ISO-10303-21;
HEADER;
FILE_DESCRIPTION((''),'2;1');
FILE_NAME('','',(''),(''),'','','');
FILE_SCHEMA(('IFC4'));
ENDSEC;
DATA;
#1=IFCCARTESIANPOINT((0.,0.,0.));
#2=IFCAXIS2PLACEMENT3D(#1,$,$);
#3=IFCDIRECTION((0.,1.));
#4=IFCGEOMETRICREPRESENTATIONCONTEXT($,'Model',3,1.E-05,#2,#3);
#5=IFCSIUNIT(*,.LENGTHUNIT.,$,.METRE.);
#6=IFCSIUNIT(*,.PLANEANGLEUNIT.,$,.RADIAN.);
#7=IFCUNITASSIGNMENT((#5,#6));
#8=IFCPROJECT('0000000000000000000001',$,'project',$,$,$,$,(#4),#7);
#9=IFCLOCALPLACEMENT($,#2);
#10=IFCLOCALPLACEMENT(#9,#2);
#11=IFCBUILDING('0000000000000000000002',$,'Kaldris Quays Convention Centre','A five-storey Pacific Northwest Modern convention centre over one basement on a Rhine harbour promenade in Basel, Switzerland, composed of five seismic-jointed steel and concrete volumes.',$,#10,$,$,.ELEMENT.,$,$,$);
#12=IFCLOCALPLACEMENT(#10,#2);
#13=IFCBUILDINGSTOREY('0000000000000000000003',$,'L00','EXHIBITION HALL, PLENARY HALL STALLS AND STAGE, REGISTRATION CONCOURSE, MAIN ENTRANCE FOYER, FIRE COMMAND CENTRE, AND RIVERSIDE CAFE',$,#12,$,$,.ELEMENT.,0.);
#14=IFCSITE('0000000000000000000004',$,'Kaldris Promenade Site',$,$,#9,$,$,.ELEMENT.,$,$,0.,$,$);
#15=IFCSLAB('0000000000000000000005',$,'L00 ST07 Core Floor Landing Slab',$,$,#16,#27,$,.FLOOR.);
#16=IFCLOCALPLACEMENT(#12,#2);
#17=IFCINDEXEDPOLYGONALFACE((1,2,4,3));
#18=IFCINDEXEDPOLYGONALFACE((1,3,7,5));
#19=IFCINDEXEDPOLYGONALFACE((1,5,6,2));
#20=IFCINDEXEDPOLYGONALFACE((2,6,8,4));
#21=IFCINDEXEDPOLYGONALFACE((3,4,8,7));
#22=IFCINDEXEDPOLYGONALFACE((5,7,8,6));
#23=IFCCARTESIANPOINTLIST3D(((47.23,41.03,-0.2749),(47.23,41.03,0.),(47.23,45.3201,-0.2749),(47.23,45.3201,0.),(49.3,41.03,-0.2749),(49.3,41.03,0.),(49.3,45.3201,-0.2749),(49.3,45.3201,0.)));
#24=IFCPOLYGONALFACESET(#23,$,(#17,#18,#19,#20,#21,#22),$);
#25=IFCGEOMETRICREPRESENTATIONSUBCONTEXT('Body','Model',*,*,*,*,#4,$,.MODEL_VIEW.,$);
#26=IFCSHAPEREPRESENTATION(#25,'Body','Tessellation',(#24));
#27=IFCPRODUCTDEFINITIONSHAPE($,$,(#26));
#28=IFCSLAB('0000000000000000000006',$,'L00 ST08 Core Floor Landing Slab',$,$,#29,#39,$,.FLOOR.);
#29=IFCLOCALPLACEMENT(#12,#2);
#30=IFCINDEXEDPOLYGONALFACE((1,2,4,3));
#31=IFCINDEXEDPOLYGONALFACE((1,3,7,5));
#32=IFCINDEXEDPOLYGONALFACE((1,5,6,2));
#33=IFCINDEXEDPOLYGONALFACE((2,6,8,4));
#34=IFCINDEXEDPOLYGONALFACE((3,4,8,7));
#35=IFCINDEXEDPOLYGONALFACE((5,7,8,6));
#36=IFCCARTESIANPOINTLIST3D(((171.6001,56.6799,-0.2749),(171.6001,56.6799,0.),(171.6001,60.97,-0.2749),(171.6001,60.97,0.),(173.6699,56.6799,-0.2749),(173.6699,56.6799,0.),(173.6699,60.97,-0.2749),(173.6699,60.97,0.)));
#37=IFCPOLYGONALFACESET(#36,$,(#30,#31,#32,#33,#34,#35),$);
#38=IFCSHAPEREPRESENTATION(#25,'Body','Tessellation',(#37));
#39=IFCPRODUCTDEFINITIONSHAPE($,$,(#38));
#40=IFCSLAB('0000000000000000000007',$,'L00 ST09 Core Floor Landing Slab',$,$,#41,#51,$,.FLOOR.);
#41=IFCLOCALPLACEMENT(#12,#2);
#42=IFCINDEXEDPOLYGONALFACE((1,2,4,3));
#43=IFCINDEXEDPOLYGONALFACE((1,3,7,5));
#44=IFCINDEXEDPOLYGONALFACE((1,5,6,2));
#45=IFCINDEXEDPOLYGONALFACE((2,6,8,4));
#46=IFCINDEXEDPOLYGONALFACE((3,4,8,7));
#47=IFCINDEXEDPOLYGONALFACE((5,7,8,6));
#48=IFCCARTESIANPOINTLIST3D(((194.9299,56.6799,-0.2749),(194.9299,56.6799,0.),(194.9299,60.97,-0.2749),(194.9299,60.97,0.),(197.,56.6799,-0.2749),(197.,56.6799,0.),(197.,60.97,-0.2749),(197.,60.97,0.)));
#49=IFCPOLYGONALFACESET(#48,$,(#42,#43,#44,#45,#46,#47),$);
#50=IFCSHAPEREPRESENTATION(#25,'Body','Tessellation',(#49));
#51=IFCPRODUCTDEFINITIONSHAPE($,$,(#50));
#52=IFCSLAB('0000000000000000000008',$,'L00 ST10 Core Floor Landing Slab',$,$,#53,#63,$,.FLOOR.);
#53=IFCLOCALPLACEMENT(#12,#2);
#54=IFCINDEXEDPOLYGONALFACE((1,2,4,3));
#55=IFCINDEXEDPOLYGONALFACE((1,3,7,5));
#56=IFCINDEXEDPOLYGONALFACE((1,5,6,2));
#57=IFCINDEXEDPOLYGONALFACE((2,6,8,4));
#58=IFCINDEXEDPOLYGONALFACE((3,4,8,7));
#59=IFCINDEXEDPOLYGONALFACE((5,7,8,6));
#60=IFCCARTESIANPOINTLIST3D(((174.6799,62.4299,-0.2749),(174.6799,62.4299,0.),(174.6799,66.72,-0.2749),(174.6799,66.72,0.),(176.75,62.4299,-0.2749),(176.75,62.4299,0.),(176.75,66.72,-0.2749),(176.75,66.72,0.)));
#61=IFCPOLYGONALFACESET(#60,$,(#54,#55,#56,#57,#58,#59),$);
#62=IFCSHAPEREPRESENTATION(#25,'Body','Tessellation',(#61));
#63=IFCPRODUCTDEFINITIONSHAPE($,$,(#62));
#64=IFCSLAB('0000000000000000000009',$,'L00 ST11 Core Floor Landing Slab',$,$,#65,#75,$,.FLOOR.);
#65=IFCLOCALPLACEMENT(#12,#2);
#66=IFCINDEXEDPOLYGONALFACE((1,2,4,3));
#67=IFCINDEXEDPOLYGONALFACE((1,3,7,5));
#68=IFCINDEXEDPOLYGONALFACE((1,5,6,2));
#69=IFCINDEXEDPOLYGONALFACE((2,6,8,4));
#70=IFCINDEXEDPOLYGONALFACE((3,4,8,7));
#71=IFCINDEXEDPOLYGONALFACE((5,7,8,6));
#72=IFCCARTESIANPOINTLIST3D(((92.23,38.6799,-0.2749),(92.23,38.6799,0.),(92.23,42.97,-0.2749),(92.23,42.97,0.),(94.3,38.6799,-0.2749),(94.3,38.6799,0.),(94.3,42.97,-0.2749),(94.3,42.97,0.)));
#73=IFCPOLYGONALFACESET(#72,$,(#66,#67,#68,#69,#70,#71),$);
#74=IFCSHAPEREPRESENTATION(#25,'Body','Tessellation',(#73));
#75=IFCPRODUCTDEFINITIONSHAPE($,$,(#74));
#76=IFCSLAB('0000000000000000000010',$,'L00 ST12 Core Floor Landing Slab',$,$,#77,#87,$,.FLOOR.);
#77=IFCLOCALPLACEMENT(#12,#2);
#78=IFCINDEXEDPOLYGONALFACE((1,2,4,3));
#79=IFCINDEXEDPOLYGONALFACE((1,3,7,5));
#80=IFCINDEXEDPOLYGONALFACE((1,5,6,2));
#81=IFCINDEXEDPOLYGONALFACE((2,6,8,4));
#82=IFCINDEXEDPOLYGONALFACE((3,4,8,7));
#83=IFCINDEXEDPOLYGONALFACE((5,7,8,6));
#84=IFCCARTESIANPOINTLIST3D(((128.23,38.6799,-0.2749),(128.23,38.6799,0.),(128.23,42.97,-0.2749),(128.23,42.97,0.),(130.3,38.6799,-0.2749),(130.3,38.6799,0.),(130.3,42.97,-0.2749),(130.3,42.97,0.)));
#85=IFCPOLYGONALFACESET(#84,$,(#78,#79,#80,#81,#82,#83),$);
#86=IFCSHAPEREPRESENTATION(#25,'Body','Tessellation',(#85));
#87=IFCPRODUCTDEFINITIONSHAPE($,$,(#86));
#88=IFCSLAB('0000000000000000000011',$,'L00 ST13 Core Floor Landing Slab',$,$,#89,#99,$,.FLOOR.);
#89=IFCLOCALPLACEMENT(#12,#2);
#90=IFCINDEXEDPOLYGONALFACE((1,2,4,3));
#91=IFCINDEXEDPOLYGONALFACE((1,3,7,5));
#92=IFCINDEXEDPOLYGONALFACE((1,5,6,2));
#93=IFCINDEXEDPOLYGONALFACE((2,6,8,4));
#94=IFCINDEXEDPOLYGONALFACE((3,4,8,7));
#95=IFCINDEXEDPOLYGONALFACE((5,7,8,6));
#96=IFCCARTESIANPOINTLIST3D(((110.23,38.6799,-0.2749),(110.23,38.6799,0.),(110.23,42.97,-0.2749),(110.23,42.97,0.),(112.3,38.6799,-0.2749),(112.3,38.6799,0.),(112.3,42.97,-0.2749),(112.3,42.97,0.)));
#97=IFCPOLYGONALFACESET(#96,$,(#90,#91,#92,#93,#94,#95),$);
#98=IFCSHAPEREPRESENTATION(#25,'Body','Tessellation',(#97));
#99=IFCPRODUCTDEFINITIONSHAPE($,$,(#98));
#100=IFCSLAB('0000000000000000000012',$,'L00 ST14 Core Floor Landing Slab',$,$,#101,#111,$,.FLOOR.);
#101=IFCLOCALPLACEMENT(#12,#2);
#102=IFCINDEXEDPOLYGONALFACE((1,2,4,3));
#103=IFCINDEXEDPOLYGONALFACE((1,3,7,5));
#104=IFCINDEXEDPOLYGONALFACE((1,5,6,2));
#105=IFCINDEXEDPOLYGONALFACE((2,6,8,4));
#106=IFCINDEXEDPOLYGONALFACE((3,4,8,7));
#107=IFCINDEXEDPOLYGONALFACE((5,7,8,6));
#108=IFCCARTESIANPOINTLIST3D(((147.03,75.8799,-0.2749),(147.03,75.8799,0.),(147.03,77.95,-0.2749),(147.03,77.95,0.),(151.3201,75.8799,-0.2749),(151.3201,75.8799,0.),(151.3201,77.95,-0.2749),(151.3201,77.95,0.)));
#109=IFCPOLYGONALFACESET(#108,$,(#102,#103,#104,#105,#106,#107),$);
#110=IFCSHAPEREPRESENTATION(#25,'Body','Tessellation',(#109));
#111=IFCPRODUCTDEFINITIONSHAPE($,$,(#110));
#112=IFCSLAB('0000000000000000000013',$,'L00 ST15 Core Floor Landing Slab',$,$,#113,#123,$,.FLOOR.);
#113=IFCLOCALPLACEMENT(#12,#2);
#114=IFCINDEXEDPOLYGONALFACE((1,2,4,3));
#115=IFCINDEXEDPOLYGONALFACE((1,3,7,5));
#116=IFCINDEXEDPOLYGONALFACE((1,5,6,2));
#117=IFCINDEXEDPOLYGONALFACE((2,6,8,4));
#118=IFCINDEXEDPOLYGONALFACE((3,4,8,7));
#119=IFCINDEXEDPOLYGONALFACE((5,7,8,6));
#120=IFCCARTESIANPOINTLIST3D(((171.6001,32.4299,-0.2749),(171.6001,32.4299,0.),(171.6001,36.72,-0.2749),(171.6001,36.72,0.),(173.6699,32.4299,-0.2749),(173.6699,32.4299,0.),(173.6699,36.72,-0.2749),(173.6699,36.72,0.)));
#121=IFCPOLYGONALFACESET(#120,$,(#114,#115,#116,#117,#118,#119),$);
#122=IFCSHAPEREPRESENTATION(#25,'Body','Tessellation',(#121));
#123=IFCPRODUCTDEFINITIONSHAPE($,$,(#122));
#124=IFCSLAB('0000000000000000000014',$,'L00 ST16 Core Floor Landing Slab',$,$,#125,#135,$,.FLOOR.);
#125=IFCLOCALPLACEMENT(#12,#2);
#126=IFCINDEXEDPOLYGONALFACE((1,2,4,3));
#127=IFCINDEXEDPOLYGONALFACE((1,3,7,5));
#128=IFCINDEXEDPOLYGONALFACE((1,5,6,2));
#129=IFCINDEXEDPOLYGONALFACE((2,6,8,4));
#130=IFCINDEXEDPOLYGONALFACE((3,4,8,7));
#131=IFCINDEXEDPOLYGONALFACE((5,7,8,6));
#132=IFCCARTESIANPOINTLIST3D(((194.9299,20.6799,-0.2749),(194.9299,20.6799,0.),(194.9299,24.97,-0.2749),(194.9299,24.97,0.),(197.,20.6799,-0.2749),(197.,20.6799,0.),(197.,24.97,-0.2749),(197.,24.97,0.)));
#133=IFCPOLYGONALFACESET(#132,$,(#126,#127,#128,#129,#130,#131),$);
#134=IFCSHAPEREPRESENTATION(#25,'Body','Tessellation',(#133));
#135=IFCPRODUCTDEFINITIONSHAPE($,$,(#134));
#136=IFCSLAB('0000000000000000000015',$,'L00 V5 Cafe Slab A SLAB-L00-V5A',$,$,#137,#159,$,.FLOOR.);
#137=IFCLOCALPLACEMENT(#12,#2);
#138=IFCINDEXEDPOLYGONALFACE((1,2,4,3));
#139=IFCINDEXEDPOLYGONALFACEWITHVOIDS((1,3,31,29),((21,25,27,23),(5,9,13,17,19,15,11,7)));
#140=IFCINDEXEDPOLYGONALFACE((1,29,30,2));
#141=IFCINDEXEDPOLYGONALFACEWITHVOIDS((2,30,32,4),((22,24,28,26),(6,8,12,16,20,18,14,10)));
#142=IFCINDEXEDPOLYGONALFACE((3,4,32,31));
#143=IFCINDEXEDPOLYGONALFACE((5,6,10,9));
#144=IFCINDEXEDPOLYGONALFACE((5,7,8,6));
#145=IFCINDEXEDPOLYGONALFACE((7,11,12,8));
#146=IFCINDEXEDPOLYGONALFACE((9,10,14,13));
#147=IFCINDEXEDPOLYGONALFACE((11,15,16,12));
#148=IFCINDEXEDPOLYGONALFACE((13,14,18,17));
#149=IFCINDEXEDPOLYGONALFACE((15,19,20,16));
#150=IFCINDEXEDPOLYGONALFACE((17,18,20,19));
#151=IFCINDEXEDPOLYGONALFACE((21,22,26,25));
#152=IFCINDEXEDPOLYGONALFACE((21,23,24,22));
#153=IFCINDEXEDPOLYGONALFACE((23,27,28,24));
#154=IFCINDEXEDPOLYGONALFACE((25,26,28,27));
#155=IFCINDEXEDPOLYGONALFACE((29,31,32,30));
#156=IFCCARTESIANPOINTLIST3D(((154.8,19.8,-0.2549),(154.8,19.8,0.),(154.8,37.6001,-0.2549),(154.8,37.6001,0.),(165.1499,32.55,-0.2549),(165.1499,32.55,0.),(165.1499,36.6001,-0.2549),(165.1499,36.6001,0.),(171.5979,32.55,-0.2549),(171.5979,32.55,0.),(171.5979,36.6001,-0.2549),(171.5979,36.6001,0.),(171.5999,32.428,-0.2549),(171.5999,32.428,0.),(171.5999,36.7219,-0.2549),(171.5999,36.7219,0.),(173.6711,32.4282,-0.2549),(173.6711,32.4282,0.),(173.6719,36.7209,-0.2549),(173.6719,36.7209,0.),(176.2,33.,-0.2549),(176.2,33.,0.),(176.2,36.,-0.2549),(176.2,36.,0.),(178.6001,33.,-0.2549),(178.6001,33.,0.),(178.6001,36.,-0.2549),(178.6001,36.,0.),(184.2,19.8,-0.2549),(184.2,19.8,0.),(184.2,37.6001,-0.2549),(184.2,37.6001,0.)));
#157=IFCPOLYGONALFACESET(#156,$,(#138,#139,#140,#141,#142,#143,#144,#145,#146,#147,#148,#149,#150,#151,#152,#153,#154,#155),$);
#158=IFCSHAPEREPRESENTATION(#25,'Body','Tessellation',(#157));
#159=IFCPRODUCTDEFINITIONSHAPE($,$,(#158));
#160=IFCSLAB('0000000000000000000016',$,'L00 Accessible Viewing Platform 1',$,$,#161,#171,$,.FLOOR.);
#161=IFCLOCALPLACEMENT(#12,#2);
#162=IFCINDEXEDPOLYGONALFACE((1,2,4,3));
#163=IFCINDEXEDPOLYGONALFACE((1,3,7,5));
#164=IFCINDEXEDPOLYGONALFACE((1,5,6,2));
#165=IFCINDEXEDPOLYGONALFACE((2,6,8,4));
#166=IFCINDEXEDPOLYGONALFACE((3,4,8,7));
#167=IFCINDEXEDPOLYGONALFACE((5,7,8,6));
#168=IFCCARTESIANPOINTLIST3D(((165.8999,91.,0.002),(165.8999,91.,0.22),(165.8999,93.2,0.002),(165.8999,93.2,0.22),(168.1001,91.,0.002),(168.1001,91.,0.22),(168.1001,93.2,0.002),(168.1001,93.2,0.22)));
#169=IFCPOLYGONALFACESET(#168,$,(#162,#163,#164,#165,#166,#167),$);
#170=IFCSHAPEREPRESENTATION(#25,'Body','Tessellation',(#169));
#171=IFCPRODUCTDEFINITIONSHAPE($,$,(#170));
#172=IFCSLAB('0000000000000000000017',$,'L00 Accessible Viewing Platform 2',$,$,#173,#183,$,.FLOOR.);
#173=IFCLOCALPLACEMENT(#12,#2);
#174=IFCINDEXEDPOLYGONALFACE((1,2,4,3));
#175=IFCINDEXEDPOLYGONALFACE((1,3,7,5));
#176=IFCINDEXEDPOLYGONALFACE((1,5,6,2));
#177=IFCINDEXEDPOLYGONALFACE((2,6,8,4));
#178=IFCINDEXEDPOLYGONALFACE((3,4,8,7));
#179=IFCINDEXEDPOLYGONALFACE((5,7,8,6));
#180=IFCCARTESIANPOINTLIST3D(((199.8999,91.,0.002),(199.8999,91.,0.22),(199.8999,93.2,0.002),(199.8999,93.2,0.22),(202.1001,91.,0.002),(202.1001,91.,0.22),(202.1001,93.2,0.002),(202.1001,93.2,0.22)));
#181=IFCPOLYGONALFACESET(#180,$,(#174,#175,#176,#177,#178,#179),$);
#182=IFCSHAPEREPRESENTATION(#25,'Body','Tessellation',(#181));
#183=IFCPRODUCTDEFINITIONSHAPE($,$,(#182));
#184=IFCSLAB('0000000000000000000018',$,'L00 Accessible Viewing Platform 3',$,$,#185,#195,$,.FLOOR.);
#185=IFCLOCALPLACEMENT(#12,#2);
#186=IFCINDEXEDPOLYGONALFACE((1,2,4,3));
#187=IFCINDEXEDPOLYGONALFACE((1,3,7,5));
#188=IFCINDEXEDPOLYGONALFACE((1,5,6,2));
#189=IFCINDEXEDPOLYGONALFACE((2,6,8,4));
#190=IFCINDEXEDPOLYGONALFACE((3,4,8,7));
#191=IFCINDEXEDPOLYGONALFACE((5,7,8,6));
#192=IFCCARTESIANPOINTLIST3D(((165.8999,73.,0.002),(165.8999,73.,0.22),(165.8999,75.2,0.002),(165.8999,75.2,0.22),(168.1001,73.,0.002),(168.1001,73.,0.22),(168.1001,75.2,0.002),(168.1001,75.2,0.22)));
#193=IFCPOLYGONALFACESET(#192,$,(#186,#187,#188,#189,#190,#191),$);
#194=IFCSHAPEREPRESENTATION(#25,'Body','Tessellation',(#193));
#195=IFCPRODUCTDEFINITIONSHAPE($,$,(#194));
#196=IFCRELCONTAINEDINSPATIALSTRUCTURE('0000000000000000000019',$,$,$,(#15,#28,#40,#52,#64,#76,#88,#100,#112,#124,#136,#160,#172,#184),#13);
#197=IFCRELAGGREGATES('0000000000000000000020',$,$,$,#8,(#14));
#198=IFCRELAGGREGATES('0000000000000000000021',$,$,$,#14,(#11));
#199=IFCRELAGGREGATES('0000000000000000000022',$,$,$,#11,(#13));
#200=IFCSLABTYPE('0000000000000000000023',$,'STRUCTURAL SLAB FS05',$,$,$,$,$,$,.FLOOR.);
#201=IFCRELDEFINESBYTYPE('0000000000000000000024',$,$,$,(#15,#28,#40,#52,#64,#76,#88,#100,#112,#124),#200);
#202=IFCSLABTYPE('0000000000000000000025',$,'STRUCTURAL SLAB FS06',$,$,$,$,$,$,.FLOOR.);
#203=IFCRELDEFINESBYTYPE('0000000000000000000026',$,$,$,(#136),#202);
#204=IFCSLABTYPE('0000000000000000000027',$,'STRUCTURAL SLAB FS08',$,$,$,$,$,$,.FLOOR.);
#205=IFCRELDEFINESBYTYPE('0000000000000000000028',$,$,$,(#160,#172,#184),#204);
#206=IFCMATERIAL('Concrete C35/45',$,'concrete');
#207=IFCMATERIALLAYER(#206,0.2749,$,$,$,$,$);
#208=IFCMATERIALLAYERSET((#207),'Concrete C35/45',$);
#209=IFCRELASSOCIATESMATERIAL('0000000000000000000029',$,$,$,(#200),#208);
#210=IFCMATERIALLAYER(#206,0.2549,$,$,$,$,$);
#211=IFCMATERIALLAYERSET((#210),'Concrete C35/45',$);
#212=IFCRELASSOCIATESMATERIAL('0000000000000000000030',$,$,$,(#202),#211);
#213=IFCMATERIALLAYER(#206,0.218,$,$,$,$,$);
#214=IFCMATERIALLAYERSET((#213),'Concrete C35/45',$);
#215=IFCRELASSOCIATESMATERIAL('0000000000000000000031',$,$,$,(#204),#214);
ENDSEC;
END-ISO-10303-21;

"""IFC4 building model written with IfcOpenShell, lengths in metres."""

from ifc_helpers import new_model, si_unit, direction, frame, origin, place, context, subcontext, project, spatial, polyline, outline, extrude, material, layer, layer_set, type_object, element, save


model = new_model("IFC4")

# Units and contexts
model_context = context("Model", 3, precision=1e-05, world=origin(), true_north=direction((0.0, 1.0)))
body_context = subcontext(model_context, "Body", "Model", "MODEL_VIEW")
ifc_project = project(units=[si_unit("LENGTHUNIT", "METRE"), si_unit("PLANEANGLEUNIT", "RADIAN")], contexts=[model_context])

# Site, building, storey
site_placement = place(None, origin())
site = spatial("IfcSite", under=ifc_project, at=site_placement, Name="Kaldris Promenade Site", CompositionType="ELEMENT", RefElevation=0.0)
building_placement = place(site_placement, origin())
building = spatial("IfcBuilding", under=site, at=building_placement, Name="Kaldris Quays Convention Centre", Description="A five-storey Pacific Northwest Modern convention centre over one basement on a Rhine harbour promenade in Basel, Switzerland, composed of five seismic-jointed steel and concrete volumes.", CompositionType="ELEMENT")
storey_placement = place(building_placement, origin())
storey = spatial("IfcBuildingStorey", under=building, at=storey_placement, Name="L00", Description="EXHIBITION HALL, PLENARY HALL STALLS AND STAGE, REGISTRATION CONCOURSE, MAIN ENTRANCE FOYER, FIRE COMMAND CENTRE, AND RIVERSIDE CAFE", CompositionType="ELEMENT", Elevation=0.0)

# Slabs
ifc_material = material(Name="Concrete C35/45", Category="concrete")
ifc_layer_1 = layer(ifc_material, 0.2749)
ifc_layer_set_1 = layer_set([ifc_layer_1], Name="Concrete C35/45")
slab_type_1 = type_object("IfcSlabType", Name="STRUCTURAL SLAB FS05", PredefinedType="FLOOR", material=ifc_layer_set_1)
slab_1_placement = place(storey_placement, frame((0.0, 0.0, -0.2749)))
element("IfcSlab", 1, at=slab_1_placement, inside=storey, type_object=slab_type_1, Name="L00 ST07 Core Floor Landing Slab", PredefinedType="FLOOR", context=body_context, shape_type="SweptSolid", body=[
    extrude(outline(polyline([(47.23, 41.03), (49.3, 41.03), (49.3, 45.3201), (47.23, 45.3201), (47.23, 41.03)])), origin(), (0.0, 0.0, 1.0), 0.2749),
])
slab_2_placement = place(storey_placement, frame((0.0, 0.0, -0.2749)))
element("IfcSlab", 2, at=slab_2_placement, inside=storey, type_object=slab_type_1, Name="L00 ST08 Core Floor Landing Slab", PredefinedType="FLOOR", context=body_context, shape_type="SweptSolid", body=[
    extrude(outline(polyline([(173.6699, 60.97), (171.6001, 60.97), (171.6001, 56.6799), (173.6699, 56.6799), (173.6699, 60.97)])), origin(), (0.0, 0.0, 1.0), 0.2749),
])
slab_3_placement = place(storey_placement, frame((0.0, 0.0, -0.2749)))
element("IfcSlab", 3, at=slab_3_placement, inside=storey, type_object=slab_type_1, Name="L00 ST09 Core Floor Landing Slab", PredefinedType="FLOOR", context=body_context, shape_type="SweptSolid", body=[
    extrude(outline(polyline([(194.9299, 56.6799), (197.0, 56.6799), (197.0, 60.97), (194.9299, 60.97), (194.9299, 56.6799)])), origin(), (0.0, 0.0, 1.0), 0.2749),
])
slab_4_placement = place(storey_placement, frame((0.0, 0.0, -0.2749)))
element("IfcSlab", 4, at=slab_4_placement, inside=storey, type_object=slab_type_1, Name="L00 ST10 Core Floor Landing Slab", PredefinedType="FLOOR", context=body_context, shape_type="SweptSolid", body=[
    extrude(outline(polyline([(174.6799, 62.4299), (176.75, 62.4299), (176.75, 66.72), (174.6799, 66.72), (174.6799, 62.4299)])), origin(), (0.0, 0.0, 1.0), 0.2749),
])
slab_5_placement = place(storey_placement, frame((0.0, 0.0, -0.2749)))
element("IfcSlab", 5, at=slab_5_placement, inside=storey, type_object=slab_type_1, Name="L00 ST11 Core Floor Landing Slab", PredefinedType="FLOOR", context=body_context, shape_type="SweptSolid", body=[
    extrude(outline(polyline([(92.23, 38.6799), (94.3, 38.6799), (94.3, 42.97), (92.23, 42.97), (92.23, 38.6799)])), origin(), (0.0, 0.0, 1.0), 0.2749),
])
slab_6_placement = place(storey_placement, frame((0.0, 0.0, -0.2749)))
element("IfcSlab", 6, at=slab_6_placement, inside=storey, type_object=slab_type_1, Name="L00 ST12 Core Floor Landing Slab", PredefinedType="FLOOR", context=body_context, shape_type="SweptSolid", body=[
    extrude(outline(polyline([(128.23, 38.6799), (130.3, 38.6799), (130.3, 42.97), (128.23, 42.97), (128.23, 38.6799)])), origin(), (0.0, 0.0, 1.0), 0.2749),
])
slab_7_placement = place(storey_placement, frame((0.0, 0.0, -0.2749)))
element("IfcSlab", 7, at=slab_7_placement, inside=storey, type_object=slab_type_1, Name="L00 ST13 Core Floor Landing Slab", PredefinedType="FLOOR", context=body_context, shape_type="SweptSolid", body=[
    extrude(outline(polyline([(110.23, 38.6799), (112.3, 38.6799), (112.3, 42.97), (110.23, 42.97), (110.23, 38.6799)])), origin(), (0.0, 0.0, 1.0), 0.2749),
])
slab_8_placement = place(storey_placement, frame((0.0, 0.0, -0.2749)))
element("IfcSlab", 8, at=slab_8_placement, inside=storey, type_object=slab_type_1, Name="L00 ST14 Core Floor Landing Slab", PredefinedType="FLOOR", context=body_context, shape_type="SweptSolid", body=[
    extrude(outline(polyline([(151.3201, 75.8799), (151.3201, 77.95), (147.03, 77.95), (147.03, 75.8799), (151.3201, 75.8799)])), origin(), (0.0, 0.0, 1.0), 0.2749),
])
slab_9_placement = place(storey_placement, frame((0.0, 0.0, -0.2749)))
element("IfcSlab", 9, at=slab_9_placement, inside=storey, type_object=slab_type_1, Name="L00 ST15 Core Floor Landing Slab", PredefinedType="FLOOR", context=body_context, shape_type="SweptSolid", body=[
    extrude(outline(polyline([(173.6699, 36.72), (171.6001, 36.72), (171.6001, 32.4299), (173.6699, 32.4299), (173.6699, 36.72)])), origin(), (0.0, 0.0, 1.0), 0.2749),
])
slab_10_placement = place(storey_placement, frame((0.0, 0.0, -0.2749)))
element("IfcSlab", 10, at=slab_10_placement, inside=storey, type_object=slab_type_1, Name="L00 ST16 Core Floor Landing Slab", PredefinedType="FLOOR", context=body_context, shape_type="SweptSolid", body=[
    extrude(outline(polyline([(194.9299, 20.6799), (197.0, 20.6799), (197.0, 24.97), (194.9299, 24.97), (194.9299, 20.6799)])), origin(), (0.0, 0.0, 1.0), 0.2749),
])
ifc_layer_2 = layer(ifc_material, 0.2549)
ifc_layer_set_2 = layer_set([ifc_layer_2], Name="Concrete C35/45")
slab_type_2 = type_object("IfcSlabType", Name="STRUCTURAL SLAB FS06", PredefinedType="FLOOR", material=ifc_layer_set_2)
slab_11_placement = place(storey_placement, frame((0.0, 0.0, -0.2549)))
element("IfcSlab", 11, at=slab_11_placement, inside=storey, type_object=slab_type_2, Name="L00 V5 Cafe Slab A SLAB-L00-V5A", PredefinedType="FLOOR", context=body_context, shape_type="SweptSolid", body=[
    extrude(outline(polyline([(154.8, 19.8), (154.8, 37.6001), (184.2, 37.6001), (184.2, 19.8), (154.8, 19.8)]), holes=[polyline([(178.6001, 33.0), (178.6001, 36.0), (176.2, 36.0), (176.2, 33.0), (178.6001, 33.0)]), polyline([(171.5979, 36.6001), (165.1499, 36.6001), (165.1499, 32.55), (171.5979, 32.55), (171.5999, 32.428), (173.6711, 32.4282), (173.6719, 36.7209), (171.5999, 36.7219), (171.5979, 36.6001)])]), origin(), (0.0, 0.0, 1.0), 0.2549),
])
ifc_layer_3 = layer(ifc_material, 0.218)
ifc_layer_set_3 = layer_set([ifc_layer_3], Name="Concrete C35/45")
slab_type_3 = type_object("IfcSlabType", Name="STRUCTURAL SLAB FS08", PredefinedType="FLOOR", material=ifc_layer_set_3)
slab_12_placement = place(storey_placement, frame((0.0, 0.0, 0.002)))
element("IfcSlab", 12, at=slab_12_placement, inside=storey, type_object=slab_type_3, Name="L00 Accessible Viewing Platform 1", PredefinedType="FLOOR", context=body_context, shape_type="SweptSolid", body=[
    extrude(outline(polyline([(165.8999, 91.0), (168.1001, 91.0), (168.1001, 93.2), (165.8999, 93.2), (165.8999, 91.0)])), origin(), (0.0, 0.0, 1.0), 0.218),
])
slab_13_placement = place(storey_placement, frame((0.0, 0.0, 0.002)))
element("IfcSlab", 13, at=slab_13_placement, inside=storey, type_object=slab_type_3, Name="L00 Accessible Viewing Platform 2", PredefinedType="FLOOR", context=body_context, shape_type="SweptSolid", body=[
    extrude(outline(polyline([(199.8999, 91.0), (202.1001, 91.0), (202.1001, 93.2), (199.8999, 93.2), (199.8999, 91.0)])), origin(), (0.0, 0.0, 1.0), 0.218),
])
slab_14_placement = place(storey_placement, frame((0.0, 0.0, 0.002)))
element("IfcSlab", 14, at=slab_14_placement, inside=storey, type_object=slab_type_3, Name="L00 Accessible Viewing Platform 3", PredefinedType="FLOOR", context=body_context, shape_type="SweptSolid", body=[
    extrude(outline(polyline([(165.8999, 73.0), (168.1001, 73.0), (168.1001, 75.2), (165.8999, 75.2), (165.8999, 73.0)])), origin(), (0.0, 0.0, 1.0), 0.218),
])

save(model, "model.ifc")
